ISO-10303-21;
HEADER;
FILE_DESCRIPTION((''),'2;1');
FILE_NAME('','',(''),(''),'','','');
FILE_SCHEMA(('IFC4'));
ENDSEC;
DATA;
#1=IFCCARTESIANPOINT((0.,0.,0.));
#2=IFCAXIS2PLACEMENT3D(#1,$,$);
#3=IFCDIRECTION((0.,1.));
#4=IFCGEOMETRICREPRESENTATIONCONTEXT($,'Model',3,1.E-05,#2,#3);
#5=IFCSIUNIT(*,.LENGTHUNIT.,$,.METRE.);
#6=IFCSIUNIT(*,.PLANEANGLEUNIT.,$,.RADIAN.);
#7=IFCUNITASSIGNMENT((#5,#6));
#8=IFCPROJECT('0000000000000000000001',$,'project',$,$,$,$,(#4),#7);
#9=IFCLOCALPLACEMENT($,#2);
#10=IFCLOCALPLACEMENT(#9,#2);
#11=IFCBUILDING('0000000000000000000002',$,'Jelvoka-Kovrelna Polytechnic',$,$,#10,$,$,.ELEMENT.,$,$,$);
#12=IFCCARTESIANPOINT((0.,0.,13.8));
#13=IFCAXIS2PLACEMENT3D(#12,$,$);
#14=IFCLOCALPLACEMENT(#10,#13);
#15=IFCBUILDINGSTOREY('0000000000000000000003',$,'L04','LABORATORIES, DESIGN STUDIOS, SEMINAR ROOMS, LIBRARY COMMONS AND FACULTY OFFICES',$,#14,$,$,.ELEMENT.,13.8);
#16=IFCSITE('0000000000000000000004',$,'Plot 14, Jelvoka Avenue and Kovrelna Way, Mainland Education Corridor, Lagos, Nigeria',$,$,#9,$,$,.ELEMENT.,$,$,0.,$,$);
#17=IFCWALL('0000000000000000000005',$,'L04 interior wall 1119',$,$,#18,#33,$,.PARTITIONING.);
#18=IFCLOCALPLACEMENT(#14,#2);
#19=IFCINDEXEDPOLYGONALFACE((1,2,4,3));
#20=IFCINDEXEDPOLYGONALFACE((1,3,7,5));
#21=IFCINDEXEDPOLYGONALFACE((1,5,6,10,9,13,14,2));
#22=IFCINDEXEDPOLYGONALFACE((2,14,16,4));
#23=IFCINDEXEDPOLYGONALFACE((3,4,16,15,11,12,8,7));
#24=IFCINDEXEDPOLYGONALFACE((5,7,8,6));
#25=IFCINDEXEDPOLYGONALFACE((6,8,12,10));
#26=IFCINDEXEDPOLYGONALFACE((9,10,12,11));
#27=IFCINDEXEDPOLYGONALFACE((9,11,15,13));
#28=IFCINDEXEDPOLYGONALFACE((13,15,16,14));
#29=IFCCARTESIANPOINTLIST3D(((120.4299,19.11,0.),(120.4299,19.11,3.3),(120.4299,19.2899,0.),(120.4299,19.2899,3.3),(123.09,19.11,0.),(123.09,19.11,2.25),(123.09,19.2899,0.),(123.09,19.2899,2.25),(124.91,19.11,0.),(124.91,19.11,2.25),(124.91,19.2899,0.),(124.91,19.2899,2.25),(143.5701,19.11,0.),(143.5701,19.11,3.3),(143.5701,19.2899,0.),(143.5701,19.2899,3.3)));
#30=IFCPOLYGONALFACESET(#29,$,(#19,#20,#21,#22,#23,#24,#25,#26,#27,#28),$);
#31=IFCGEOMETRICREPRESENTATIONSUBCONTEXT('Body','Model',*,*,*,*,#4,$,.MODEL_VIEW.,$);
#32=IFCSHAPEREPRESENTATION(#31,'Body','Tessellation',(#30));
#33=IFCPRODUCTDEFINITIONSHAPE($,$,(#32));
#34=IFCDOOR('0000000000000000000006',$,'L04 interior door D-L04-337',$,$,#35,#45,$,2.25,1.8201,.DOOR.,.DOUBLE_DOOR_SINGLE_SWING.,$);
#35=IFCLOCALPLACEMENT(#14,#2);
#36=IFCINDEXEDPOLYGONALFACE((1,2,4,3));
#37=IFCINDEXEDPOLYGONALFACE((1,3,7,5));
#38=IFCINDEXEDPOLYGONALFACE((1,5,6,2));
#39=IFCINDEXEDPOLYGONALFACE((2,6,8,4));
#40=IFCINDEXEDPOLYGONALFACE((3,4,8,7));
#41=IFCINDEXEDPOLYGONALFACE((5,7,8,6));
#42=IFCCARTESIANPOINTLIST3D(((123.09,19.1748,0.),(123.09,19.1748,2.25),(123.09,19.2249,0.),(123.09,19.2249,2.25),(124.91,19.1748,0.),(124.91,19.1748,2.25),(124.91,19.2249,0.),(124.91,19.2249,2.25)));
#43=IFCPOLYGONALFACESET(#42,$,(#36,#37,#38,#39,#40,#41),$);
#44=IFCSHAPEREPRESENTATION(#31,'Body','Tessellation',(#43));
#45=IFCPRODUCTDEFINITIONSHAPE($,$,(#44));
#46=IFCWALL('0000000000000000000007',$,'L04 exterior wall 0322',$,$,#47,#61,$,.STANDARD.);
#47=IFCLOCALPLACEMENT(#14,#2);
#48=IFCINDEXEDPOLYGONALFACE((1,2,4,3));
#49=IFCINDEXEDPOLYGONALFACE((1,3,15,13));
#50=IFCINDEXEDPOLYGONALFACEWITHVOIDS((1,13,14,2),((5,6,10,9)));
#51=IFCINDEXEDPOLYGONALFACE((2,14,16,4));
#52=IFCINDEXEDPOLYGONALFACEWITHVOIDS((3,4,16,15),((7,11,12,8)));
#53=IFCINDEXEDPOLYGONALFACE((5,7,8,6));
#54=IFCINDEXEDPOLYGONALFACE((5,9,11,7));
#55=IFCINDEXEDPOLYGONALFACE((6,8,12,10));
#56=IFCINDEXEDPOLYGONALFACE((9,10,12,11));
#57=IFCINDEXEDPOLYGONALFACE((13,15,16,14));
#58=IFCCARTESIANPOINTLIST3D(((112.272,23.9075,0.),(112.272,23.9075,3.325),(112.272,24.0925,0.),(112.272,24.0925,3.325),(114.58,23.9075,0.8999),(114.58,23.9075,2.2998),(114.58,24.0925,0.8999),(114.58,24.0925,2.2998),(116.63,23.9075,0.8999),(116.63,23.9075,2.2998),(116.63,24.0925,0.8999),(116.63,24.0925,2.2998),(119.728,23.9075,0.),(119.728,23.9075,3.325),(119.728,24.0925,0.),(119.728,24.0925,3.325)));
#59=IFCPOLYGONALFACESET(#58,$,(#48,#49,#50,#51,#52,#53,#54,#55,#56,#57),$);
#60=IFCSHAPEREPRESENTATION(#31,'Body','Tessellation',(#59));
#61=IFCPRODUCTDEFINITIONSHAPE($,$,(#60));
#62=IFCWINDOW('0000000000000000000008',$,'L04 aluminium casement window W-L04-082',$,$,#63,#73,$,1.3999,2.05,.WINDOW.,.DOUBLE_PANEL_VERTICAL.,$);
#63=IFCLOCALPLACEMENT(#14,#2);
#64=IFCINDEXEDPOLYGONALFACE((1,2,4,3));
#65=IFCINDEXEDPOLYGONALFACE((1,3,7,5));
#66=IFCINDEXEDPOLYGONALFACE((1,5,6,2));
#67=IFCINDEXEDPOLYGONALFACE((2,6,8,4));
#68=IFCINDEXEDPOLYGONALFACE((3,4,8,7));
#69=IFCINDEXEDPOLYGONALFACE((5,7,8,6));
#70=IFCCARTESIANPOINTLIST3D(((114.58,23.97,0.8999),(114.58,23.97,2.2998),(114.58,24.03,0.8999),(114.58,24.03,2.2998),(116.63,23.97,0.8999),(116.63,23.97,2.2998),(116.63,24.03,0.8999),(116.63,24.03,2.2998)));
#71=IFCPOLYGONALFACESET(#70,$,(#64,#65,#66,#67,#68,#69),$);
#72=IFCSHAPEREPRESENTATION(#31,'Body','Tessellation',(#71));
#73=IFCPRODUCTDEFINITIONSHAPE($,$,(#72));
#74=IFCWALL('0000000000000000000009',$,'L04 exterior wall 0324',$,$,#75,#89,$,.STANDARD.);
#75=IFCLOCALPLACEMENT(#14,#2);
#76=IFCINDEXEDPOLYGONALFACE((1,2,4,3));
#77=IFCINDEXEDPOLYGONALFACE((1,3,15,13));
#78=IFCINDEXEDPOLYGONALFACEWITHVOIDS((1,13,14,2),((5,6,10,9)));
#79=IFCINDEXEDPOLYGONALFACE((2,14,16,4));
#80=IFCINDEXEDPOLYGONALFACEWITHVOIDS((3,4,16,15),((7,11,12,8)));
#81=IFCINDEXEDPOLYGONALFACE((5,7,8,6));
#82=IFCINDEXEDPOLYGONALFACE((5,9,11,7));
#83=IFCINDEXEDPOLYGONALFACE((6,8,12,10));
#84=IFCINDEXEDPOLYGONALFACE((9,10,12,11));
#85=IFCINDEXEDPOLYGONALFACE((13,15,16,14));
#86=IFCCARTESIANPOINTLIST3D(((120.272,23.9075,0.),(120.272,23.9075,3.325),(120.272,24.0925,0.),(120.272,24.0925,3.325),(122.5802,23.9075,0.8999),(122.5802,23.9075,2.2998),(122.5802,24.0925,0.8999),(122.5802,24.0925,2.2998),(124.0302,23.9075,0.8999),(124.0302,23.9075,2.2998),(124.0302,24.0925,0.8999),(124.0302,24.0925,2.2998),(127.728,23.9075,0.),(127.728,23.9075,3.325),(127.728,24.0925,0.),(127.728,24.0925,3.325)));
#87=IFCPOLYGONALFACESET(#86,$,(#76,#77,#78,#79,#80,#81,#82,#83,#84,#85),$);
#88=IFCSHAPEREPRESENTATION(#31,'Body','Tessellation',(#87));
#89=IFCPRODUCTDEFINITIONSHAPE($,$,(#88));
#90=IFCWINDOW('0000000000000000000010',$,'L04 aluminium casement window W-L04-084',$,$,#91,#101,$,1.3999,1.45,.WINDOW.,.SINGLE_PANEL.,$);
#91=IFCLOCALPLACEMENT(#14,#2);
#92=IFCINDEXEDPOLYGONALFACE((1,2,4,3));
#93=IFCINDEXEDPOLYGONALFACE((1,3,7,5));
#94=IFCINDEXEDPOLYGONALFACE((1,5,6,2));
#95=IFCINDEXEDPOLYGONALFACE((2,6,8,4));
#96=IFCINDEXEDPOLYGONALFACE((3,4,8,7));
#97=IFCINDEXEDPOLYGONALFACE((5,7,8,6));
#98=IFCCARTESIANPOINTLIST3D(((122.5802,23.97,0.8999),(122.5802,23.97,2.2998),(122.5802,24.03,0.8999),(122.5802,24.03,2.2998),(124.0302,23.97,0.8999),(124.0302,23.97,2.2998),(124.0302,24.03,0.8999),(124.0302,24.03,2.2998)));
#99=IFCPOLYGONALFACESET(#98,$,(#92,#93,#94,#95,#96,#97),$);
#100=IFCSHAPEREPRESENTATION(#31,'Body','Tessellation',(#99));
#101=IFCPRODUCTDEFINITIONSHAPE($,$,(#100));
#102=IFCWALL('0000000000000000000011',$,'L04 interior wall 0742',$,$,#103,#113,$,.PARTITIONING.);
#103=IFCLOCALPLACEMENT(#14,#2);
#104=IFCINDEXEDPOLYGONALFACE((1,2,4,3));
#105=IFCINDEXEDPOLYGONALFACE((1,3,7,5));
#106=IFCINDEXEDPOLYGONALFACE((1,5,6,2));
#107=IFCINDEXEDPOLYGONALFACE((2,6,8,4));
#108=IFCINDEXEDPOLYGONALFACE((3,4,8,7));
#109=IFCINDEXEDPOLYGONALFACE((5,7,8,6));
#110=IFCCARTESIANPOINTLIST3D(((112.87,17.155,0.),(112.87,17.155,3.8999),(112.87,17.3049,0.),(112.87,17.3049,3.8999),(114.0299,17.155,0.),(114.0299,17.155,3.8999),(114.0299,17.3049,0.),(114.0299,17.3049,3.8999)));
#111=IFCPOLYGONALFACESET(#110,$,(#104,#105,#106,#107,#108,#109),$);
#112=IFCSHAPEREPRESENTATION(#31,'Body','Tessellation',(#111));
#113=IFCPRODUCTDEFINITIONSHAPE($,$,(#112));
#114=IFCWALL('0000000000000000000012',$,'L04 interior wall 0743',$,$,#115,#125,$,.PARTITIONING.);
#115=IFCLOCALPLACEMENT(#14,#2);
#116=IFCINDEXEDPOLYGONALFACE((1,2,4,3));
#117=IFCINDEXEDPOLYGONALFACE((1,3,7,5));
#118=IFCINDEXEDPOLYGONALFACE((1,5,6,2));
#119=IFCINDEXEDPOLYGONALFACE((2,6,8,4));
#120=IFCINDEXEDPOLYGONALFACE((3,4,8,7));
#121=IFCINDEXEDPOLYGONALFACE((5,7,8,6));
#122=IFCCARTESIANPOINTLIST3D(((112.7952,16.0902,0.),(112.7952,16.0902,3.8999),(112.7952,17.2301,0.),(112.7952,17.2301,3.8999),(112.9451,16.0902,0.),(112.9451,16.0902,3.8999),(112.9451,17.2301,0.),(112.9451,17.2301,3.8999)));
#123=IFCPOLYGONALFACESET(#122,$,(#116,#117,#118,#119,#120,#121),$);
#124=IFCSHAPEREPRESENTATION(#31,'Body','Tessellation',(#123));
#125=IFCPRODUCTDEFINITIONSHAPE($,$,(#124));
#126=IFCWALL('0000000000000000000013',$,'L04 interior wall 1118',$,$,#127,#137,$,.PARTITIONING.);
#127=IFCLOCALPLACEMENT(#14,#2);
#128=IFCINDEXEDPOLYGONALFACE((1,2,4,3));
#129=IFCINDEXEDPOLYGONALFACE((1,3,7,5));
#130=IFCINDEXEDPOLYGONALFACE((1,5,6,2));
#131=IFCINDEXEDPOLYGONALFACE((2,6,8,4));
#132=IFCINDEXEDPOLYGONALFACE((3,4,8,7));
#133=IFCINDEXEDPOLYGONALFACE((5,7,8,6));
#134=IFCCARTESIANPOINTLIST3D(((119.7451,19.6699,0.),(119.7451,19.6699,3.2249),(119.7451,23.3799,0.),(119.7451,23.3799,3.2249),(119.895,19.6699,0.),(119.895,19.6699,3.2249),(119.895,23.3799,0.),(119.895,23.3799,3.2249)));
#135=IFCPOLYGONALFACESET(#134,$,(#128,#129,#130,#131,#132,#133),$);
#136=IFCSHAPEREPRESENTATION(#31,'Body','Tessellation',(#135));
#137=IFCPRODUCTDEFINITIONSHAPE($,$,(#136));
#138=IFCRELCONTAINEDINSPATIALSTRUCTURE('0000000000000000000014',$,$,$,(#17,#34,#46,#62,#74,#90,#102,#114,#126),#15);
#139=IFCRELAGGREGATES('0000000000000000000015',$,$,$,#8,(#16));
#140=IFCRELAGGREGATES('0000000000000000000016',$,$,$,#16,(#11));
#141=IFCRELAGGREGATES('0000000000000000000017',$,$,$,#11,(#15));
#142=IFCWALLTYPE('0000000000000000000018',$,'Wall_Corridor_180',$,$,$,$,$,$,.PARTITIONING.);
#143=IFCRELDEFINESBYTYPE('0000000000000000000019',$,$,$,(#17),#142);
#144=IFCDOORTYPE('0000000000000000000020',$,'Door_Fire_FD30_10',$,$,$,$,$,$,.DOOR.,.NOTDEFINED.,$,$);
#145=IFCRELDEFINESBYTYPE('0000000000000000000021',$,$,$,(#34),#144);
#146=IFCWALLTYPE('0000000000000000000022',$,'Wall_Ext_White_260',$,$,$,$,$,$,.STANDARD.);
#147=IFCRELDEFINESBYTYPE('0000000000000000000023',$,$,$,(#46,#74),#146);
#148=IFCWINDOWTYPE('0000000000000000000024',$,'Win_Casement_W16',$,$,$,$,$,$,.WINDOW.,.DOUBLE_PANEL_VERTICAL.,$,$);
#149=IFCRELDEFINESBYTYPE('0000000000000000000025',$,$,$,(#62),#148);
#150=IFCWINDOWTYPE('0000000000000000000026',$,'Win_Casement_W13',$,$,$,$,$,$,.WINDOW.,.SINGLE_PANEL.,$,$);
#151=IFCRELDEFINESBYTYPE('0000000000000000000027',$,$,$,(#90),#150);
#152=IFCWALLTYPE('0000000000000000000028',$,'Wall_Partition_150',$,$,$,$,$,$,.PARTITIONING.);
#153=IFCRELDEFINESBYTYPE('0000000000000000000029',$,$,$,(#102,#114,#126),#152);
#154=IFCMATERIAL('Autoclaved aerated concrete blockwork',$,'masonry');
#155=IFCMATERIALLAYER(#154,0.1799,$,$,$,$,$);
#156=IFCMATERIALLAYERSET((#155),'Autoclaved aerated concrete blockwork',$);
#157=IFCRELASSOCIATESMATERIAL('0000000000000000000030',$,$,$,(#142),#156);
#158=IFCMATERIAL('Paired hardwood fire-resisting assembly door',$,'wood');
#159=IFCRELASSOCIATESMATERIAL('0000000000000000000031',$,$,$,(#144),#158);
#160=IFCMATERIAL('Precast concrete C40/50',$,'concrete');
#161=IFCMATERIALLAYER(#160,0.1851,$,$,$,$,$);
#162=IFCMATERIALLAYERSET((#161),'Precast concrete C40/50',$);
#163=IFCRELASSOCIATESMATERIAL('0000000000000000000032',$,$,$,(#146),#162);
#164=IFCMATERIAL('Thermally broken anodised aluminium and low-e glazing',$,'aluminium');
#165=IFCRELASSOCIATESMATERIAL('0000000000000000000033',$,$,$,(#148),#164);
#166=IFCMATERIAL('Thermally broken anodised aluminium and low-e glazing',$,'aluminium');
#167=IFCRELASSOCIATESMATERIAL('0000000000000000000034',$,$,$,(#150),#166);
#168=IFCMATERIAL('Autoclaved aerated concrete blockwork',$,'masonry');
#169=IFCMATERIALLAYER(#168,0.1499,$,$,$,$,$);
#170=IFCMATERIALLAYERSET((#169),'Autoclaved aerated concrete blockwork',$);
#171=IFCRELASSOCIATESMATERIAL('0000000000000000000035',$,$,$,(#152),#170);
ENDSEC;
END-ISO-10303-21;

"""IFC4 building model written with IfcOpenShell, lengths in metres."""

from ifc_helpers import new_model, si_unit, direction, frame, frame_2d, origin, place, context, subcontext, project, spatial, rectangle, extrude, material, layer, layer_set, type_object, element, fill, save


model = new_model("IFC4")

# Units and contexts
model_context = context("Model", 3, precision=1e-05, world=origin(), true_north=direction((0.0, 1.0)))
body_context = subcontext(model_context, "Body", "Model", "MODEL_VIEW")
ifc_project = project(units=[si_unit("LENGTHUNIT", "METRE"), si_unit("PLANEANGLEUNIT", "RADIAN")], contexts=[model_context])

# Site, building, storey
site_placement = place(None, origin())
site = spatial("IfcSite", under=ifc_project, at=site_placement, Name="Plot 14, Jelvoka Avenue and Kovrelna Way, Mainland Education Corridor, Lagos, Nigeria", CompositionType="ELEMENT", RefElevation=0.0)
building_placement = place(site_placement, origin())
building = spatial("IfcBuilding", under=site, at=building_placement, Name="Jelvoka-Kovrelna Polytechnic", CompositionType="ELEMENT")
storey_placement = place(building_placement, frame((0.0, 0.0, 13.8)))
storey = spatial("IfcBuildingStorey", under=building, at=storey_placement, Name="L04", Description="LABORATORIES, DESIGN STUDIOS, SEMINAR ROOMS, LIBRARY COMMONS AND FACULTY OFFICES", CompositionType="ELEMENT", Elevation=13.8)

# Wall, opening, door
ifc_material_1 = material(Name="Autoclaved aerated concrete blockwork", Category="masonry")
ifc_layer_1 = layer(ifc_material_1, 0.1799)
ifc_layer_set_1 = layer_set([ifc_layer_1], Name="Autoclaved aerated concrete blockwork")
wall_type_1 = type_object("IfcWallType", Name="Wall_Corridor_180", PredefinedType="PARTITIONING", material=ifc_layer_set_1)
wall_1_placement = place(storey_placement, frame((120.4299, 19.2, 0.0), z_axis=(0.0, 0.0, 1.0), x_axis=(1.0, 0.0, 0.0)))
wall_1 = element("IfcWall", 1, at=wall_1_placement, inside=storey, type_object=wall_type_1, Name="L04 interior wall 1119", PredefinedType="PARTITIONING", context=body_context, shape_type="SweptSolid", body=[
    extrude(rectangle(XDim=23.1401, YDim=0.1799, at=frame_2d((11.5701, 0.0))), origin(), (0.0, 0.0, 1.0), 3.3),
])
opening_1_placement = place(wall_1_placement, frame((2.6599, 0.0, 0.0)))
opening_1 = element("IfcOpeningElement", 2, at=opening_1_placement, cuts=wall_1, PredefinedType="OPENING", context=body_context, shape_type="SweptSolid", body=[
    extrude(rectangle(XDim=1.8201, YDim=2.25, at=frame_2d((0.9102, 1.125))), frame((0.0, 0.0999, 0.0), z_axis=(0.0, -1.0, 0.0), x_axis=(1.0, 0.0, 0.0)), (0.0, 0.0, 1.0), 0.2),
])
ifc_material_2 = material(Name="Paired hardwood fire-resisting assembly door", Category="wood")
door_type = type_object("IfcDoorType", Name="Door_Fire_FD30_10", OperationType="NOTDEFINED", PredefinedType="DOOR", material=ifc_material_2)
door_placement = place(opening_1_placement, origin())
door = element("IfcDoor", 3, at=door_placement, inside=storey, type_object=door_type, Name="L04 interior door D-L04-337", OperationType="DOUBLE_DOOR_SINGLE_SWING", OverallHeight=2.25, OverallWidth=1.8201, PredefinedType="DOOR", context=body_context, shape_type="SweptSolid", body=[
    extrude(rectangle(XDim=1.8201, YDim=2.25, at=frame_2d((0.9102, 1.125))), frame((0.0, 0.0249, 0.0), z_axis=(0.0, -1.0, 0.0), x_axis=(1.0, 0.0, 0.0)), (0.0, 0.0, 1.0), 0.05),
])
fill(opening_1, door)

# Walls, openings, windows
ifc_material_3 = material(Name="Precast concrete C40/50", Category="concrete")
ifc_layer_2 = layer(ifc_material_3, 0.1851)
ifc_layer_set_2 = layer_set([ifc_layer_2], Name="Precast concrete C40/50")
wall_type_2 = type_object("IfcWallType", Name="Wall_Ext_White_260", PredefinedType="STANDARD", material=ifc_layer_set_2)
wall_2_placement = place(storey_placement, frame((112.272, 24.0, 0.0), z_axis=(0.0, 0.0, 1.0), x_axis=(1.0, 0.0, 0.0)))
wall_2 = element("IfcWall", 4, at=wall_2_placement, inside=storey, type_object=wall_type_2, Name="L04 exterior wall 0322", PredefinedType="STANDARD", context=body_context, shape_type="SweptSolid", body=[
    extrude(rectangle(XDim=7.4561, YDim=0.1851, at=frame_2d((3.728, 0.0))), origin(), (0.0, 0.0, 1.0), 3.325),
])
opening_2_placement = place(wall_2_placement, frame((2.3081, 0.0, 0.8999)))
opening_2 = element("IfcOpeningElement", 5, at=opening_2_placement, cuts=wall_2, PredefinedType="OPENING", context=body_context, shape_type="SweptSolid", body=[
    extrude(rectangle(XDim=2.05, YDim=1.3999, at=frame_2d((1.0249, 0.7))), frame((0.0, 0.1025, 0.0), z_axis=(0.0, -1.0, 0.0), x_axis=(1.0, 0.0, 0.0)), (0.0, 0.0, 1.0), 0.2051),
])
ifc_material_4 = material(Name="Thermally broken anodised aluminium and low-e glazing", Category="aluminium")
window_type_1 = type_object("IfcWindowType", Name="Win_Casement_W16", PartitioningType="DOUBLE_PANEL_VERTICAL", PredefinedType="WINDOW", material=ifc_material_4)
window_1_placement = place(opening_2_placement, origin())
window_1 = element("IfcWindow", 6, at=window_1_placement, inside=storey, type_object=window_type_1, Name="L04 aluminium casement window W-L04-082", OverallHeight=1.3999, OverallWidth=2.05, PartitioningType="DOUBLE_PANEL_VERTICAL", PredefinedType="WINDOW", context=body_context, shape_type="SweptSolid", body=[
    extrude(rectangle(XDim=2.05, YDim=1.3999, at=frame_2d((1.0249, 0.7))), frame((0.0, 0.03, 0.0), z_axis=(0.0, -1.0, 0.0), x_axis=(1.0, 0.0, 0.0)), (0.0, 0.0, 1.0), 0.0601),
])
fill(opening_2, window_1)
wall_3_placement = place(storey_placement, frame((120.272, 24.0, 0.0), z_axis=(0.0, 0.0, 1.0), x_axis=(1.0, 0.0, 0.0)))
wall_3 = element("IfcWall", 7, at=wall_3_placement, inside=storey, type_object=wall_type_2, Name="L04 exterior wall 0324", PredefinedType="STANDARD", context=body_context, shape_type="SweptSolid", body=[
    extrude(rectangle(XDim=7.4561, YDim=0.1851, at=frame_2d((3.728, 0.0))), origin(), (0.0, 0.0, 1.0), 3.325),
])
opening_3_placement = place(wall_3_placement, frame((2.3081, 0.0, 0.8999)))
opening_3 = element("IfcOpeningElement", 8, at=opening_3_placement, cuts=wall_3, PredefinedType="OPENING", context=body_context, shape_type="SweptSolid", body=[
    extrude(rectangle(XDim=1.45, YDim=1.3999, at=frame_2d((0.7251, 0.7))), frame((0.0, 0.1025, 0.0), z_axis=(0.0, -1.0, 0.0), x_axis=(1.0, 0.0, 0.0)), (0.0, 0.0, 1.0), 0.2051),
])
ifc_material_5 = material(Name="Thermally broken anodised aluminium and low-e glazing", Category="aluminium")
window_type_2 = type_object("IfcWindowType", Name="Win_Casement_W13", PartitioningType="SINGLE_PANEL", PredefinedType="WINDOW", material=ifc_material_5)
window_2_placement = place(opening_3_placement, origin())
window_2 = element("IfcWindow", 9, at=window_2_placement, inside=storey, type_object=window_type_2, Name="L04 aluminium casement window W-L04-084", OverallHeight=1.3999, OverallWidth=1.45, PartitioningType="SINGLE_PANEL", PredefinedType="WINDOW", context=body_context, shape_type="SweptSolid", body=[
    extrude(rectangle(XDim=1.45, YDim=1.3999, at=frame_2d((0.7251, 0.7))), frame((0.0, 0.03, 0.0), z_axis=(0.0, -1.0, 0.0), x_axis=(1.0, 0.0, 0.0)), (0.0, 0.0, 1.0), 0.0601),
])
fill(opening_3, window_2)

# Walls
ifc_material_6 = material(Name="Autoclaved aerated concrete blockwork", Category="masonry")
ifc_layer_3 = layer(ifc_material_6, 0.1499)
ifc_layer_set_3 = layer_set([ifc_layer_3], Name="Autoclaved aerated concrete blockwork")
wall_type_3 = type_object("IfcWallType", Name="Wall_Partition_150", PredefinedType="PARTITIONING", material=ifc_layer_set_3)
wall_4_placement = place(storey_placement, frame((114.03, 17.23, 0.0), z_axis=(0.0, 0.0, 1.0), x_axis=(-1.0, 0.0, 0.0)))
element("IfcWall", 10, at=wall_4_placement, inside=storey, type_object=wall_type_3, Name="L04 interior wall 0742", PredefinedType="PARTITIONING", context=body_context, shape_type="SweptSolid", body=[
    extrude(rectangle(XDim=1.1599, YDim=0.1499, at=frame_2d((0.5801, 0.0))), origin(), (0.0, 0.0, 1.0), 3.8999),
])
wall_5_placement = place(storey_placement, frame((112.8701, 17.23, 0.0), z_axis=(0.0, 0.0, 1.0), x_axis=(0.0, -1.0, 0.0)))
element("IfcWall", 11, at=wall_5_placement, inside=storey, type_object=wall_type_3, Name="L04 interior wall 0743", PredefinedType="PARTITIONING", context=body_context, shape_type="SweptSolid", body=[
    extrude(rectangle(XDim=1.1399, YDim=0.1499, at=frame_2d((0.5698, 0.0))), origin(), (0.0, 0.0, 1.0), 3.8999),
])
wall_6_placement = place(storey_placement, frame((119.8201, 19.6699, 0.0), z_axis=(0.0, 0.0, 1.0), x_axis=(0.0, 1.0, 0.0)))
element("IfcWall", 12, at=wall_6_placement, inside=storey, type_object=wall_type_3, Name="L04 interior wall 1118", PredefinedType="PARTITIONING", context=body_context, shape_type="SweptSolid", body=[
    extrude(rectangle(XDim=3.71, YDim=0.1499, at=frame_2d((1.855, 0.0))), origin(), (0.0, 0.0, 1.0), 3.2249),
])

save(model, "model.ifc")
